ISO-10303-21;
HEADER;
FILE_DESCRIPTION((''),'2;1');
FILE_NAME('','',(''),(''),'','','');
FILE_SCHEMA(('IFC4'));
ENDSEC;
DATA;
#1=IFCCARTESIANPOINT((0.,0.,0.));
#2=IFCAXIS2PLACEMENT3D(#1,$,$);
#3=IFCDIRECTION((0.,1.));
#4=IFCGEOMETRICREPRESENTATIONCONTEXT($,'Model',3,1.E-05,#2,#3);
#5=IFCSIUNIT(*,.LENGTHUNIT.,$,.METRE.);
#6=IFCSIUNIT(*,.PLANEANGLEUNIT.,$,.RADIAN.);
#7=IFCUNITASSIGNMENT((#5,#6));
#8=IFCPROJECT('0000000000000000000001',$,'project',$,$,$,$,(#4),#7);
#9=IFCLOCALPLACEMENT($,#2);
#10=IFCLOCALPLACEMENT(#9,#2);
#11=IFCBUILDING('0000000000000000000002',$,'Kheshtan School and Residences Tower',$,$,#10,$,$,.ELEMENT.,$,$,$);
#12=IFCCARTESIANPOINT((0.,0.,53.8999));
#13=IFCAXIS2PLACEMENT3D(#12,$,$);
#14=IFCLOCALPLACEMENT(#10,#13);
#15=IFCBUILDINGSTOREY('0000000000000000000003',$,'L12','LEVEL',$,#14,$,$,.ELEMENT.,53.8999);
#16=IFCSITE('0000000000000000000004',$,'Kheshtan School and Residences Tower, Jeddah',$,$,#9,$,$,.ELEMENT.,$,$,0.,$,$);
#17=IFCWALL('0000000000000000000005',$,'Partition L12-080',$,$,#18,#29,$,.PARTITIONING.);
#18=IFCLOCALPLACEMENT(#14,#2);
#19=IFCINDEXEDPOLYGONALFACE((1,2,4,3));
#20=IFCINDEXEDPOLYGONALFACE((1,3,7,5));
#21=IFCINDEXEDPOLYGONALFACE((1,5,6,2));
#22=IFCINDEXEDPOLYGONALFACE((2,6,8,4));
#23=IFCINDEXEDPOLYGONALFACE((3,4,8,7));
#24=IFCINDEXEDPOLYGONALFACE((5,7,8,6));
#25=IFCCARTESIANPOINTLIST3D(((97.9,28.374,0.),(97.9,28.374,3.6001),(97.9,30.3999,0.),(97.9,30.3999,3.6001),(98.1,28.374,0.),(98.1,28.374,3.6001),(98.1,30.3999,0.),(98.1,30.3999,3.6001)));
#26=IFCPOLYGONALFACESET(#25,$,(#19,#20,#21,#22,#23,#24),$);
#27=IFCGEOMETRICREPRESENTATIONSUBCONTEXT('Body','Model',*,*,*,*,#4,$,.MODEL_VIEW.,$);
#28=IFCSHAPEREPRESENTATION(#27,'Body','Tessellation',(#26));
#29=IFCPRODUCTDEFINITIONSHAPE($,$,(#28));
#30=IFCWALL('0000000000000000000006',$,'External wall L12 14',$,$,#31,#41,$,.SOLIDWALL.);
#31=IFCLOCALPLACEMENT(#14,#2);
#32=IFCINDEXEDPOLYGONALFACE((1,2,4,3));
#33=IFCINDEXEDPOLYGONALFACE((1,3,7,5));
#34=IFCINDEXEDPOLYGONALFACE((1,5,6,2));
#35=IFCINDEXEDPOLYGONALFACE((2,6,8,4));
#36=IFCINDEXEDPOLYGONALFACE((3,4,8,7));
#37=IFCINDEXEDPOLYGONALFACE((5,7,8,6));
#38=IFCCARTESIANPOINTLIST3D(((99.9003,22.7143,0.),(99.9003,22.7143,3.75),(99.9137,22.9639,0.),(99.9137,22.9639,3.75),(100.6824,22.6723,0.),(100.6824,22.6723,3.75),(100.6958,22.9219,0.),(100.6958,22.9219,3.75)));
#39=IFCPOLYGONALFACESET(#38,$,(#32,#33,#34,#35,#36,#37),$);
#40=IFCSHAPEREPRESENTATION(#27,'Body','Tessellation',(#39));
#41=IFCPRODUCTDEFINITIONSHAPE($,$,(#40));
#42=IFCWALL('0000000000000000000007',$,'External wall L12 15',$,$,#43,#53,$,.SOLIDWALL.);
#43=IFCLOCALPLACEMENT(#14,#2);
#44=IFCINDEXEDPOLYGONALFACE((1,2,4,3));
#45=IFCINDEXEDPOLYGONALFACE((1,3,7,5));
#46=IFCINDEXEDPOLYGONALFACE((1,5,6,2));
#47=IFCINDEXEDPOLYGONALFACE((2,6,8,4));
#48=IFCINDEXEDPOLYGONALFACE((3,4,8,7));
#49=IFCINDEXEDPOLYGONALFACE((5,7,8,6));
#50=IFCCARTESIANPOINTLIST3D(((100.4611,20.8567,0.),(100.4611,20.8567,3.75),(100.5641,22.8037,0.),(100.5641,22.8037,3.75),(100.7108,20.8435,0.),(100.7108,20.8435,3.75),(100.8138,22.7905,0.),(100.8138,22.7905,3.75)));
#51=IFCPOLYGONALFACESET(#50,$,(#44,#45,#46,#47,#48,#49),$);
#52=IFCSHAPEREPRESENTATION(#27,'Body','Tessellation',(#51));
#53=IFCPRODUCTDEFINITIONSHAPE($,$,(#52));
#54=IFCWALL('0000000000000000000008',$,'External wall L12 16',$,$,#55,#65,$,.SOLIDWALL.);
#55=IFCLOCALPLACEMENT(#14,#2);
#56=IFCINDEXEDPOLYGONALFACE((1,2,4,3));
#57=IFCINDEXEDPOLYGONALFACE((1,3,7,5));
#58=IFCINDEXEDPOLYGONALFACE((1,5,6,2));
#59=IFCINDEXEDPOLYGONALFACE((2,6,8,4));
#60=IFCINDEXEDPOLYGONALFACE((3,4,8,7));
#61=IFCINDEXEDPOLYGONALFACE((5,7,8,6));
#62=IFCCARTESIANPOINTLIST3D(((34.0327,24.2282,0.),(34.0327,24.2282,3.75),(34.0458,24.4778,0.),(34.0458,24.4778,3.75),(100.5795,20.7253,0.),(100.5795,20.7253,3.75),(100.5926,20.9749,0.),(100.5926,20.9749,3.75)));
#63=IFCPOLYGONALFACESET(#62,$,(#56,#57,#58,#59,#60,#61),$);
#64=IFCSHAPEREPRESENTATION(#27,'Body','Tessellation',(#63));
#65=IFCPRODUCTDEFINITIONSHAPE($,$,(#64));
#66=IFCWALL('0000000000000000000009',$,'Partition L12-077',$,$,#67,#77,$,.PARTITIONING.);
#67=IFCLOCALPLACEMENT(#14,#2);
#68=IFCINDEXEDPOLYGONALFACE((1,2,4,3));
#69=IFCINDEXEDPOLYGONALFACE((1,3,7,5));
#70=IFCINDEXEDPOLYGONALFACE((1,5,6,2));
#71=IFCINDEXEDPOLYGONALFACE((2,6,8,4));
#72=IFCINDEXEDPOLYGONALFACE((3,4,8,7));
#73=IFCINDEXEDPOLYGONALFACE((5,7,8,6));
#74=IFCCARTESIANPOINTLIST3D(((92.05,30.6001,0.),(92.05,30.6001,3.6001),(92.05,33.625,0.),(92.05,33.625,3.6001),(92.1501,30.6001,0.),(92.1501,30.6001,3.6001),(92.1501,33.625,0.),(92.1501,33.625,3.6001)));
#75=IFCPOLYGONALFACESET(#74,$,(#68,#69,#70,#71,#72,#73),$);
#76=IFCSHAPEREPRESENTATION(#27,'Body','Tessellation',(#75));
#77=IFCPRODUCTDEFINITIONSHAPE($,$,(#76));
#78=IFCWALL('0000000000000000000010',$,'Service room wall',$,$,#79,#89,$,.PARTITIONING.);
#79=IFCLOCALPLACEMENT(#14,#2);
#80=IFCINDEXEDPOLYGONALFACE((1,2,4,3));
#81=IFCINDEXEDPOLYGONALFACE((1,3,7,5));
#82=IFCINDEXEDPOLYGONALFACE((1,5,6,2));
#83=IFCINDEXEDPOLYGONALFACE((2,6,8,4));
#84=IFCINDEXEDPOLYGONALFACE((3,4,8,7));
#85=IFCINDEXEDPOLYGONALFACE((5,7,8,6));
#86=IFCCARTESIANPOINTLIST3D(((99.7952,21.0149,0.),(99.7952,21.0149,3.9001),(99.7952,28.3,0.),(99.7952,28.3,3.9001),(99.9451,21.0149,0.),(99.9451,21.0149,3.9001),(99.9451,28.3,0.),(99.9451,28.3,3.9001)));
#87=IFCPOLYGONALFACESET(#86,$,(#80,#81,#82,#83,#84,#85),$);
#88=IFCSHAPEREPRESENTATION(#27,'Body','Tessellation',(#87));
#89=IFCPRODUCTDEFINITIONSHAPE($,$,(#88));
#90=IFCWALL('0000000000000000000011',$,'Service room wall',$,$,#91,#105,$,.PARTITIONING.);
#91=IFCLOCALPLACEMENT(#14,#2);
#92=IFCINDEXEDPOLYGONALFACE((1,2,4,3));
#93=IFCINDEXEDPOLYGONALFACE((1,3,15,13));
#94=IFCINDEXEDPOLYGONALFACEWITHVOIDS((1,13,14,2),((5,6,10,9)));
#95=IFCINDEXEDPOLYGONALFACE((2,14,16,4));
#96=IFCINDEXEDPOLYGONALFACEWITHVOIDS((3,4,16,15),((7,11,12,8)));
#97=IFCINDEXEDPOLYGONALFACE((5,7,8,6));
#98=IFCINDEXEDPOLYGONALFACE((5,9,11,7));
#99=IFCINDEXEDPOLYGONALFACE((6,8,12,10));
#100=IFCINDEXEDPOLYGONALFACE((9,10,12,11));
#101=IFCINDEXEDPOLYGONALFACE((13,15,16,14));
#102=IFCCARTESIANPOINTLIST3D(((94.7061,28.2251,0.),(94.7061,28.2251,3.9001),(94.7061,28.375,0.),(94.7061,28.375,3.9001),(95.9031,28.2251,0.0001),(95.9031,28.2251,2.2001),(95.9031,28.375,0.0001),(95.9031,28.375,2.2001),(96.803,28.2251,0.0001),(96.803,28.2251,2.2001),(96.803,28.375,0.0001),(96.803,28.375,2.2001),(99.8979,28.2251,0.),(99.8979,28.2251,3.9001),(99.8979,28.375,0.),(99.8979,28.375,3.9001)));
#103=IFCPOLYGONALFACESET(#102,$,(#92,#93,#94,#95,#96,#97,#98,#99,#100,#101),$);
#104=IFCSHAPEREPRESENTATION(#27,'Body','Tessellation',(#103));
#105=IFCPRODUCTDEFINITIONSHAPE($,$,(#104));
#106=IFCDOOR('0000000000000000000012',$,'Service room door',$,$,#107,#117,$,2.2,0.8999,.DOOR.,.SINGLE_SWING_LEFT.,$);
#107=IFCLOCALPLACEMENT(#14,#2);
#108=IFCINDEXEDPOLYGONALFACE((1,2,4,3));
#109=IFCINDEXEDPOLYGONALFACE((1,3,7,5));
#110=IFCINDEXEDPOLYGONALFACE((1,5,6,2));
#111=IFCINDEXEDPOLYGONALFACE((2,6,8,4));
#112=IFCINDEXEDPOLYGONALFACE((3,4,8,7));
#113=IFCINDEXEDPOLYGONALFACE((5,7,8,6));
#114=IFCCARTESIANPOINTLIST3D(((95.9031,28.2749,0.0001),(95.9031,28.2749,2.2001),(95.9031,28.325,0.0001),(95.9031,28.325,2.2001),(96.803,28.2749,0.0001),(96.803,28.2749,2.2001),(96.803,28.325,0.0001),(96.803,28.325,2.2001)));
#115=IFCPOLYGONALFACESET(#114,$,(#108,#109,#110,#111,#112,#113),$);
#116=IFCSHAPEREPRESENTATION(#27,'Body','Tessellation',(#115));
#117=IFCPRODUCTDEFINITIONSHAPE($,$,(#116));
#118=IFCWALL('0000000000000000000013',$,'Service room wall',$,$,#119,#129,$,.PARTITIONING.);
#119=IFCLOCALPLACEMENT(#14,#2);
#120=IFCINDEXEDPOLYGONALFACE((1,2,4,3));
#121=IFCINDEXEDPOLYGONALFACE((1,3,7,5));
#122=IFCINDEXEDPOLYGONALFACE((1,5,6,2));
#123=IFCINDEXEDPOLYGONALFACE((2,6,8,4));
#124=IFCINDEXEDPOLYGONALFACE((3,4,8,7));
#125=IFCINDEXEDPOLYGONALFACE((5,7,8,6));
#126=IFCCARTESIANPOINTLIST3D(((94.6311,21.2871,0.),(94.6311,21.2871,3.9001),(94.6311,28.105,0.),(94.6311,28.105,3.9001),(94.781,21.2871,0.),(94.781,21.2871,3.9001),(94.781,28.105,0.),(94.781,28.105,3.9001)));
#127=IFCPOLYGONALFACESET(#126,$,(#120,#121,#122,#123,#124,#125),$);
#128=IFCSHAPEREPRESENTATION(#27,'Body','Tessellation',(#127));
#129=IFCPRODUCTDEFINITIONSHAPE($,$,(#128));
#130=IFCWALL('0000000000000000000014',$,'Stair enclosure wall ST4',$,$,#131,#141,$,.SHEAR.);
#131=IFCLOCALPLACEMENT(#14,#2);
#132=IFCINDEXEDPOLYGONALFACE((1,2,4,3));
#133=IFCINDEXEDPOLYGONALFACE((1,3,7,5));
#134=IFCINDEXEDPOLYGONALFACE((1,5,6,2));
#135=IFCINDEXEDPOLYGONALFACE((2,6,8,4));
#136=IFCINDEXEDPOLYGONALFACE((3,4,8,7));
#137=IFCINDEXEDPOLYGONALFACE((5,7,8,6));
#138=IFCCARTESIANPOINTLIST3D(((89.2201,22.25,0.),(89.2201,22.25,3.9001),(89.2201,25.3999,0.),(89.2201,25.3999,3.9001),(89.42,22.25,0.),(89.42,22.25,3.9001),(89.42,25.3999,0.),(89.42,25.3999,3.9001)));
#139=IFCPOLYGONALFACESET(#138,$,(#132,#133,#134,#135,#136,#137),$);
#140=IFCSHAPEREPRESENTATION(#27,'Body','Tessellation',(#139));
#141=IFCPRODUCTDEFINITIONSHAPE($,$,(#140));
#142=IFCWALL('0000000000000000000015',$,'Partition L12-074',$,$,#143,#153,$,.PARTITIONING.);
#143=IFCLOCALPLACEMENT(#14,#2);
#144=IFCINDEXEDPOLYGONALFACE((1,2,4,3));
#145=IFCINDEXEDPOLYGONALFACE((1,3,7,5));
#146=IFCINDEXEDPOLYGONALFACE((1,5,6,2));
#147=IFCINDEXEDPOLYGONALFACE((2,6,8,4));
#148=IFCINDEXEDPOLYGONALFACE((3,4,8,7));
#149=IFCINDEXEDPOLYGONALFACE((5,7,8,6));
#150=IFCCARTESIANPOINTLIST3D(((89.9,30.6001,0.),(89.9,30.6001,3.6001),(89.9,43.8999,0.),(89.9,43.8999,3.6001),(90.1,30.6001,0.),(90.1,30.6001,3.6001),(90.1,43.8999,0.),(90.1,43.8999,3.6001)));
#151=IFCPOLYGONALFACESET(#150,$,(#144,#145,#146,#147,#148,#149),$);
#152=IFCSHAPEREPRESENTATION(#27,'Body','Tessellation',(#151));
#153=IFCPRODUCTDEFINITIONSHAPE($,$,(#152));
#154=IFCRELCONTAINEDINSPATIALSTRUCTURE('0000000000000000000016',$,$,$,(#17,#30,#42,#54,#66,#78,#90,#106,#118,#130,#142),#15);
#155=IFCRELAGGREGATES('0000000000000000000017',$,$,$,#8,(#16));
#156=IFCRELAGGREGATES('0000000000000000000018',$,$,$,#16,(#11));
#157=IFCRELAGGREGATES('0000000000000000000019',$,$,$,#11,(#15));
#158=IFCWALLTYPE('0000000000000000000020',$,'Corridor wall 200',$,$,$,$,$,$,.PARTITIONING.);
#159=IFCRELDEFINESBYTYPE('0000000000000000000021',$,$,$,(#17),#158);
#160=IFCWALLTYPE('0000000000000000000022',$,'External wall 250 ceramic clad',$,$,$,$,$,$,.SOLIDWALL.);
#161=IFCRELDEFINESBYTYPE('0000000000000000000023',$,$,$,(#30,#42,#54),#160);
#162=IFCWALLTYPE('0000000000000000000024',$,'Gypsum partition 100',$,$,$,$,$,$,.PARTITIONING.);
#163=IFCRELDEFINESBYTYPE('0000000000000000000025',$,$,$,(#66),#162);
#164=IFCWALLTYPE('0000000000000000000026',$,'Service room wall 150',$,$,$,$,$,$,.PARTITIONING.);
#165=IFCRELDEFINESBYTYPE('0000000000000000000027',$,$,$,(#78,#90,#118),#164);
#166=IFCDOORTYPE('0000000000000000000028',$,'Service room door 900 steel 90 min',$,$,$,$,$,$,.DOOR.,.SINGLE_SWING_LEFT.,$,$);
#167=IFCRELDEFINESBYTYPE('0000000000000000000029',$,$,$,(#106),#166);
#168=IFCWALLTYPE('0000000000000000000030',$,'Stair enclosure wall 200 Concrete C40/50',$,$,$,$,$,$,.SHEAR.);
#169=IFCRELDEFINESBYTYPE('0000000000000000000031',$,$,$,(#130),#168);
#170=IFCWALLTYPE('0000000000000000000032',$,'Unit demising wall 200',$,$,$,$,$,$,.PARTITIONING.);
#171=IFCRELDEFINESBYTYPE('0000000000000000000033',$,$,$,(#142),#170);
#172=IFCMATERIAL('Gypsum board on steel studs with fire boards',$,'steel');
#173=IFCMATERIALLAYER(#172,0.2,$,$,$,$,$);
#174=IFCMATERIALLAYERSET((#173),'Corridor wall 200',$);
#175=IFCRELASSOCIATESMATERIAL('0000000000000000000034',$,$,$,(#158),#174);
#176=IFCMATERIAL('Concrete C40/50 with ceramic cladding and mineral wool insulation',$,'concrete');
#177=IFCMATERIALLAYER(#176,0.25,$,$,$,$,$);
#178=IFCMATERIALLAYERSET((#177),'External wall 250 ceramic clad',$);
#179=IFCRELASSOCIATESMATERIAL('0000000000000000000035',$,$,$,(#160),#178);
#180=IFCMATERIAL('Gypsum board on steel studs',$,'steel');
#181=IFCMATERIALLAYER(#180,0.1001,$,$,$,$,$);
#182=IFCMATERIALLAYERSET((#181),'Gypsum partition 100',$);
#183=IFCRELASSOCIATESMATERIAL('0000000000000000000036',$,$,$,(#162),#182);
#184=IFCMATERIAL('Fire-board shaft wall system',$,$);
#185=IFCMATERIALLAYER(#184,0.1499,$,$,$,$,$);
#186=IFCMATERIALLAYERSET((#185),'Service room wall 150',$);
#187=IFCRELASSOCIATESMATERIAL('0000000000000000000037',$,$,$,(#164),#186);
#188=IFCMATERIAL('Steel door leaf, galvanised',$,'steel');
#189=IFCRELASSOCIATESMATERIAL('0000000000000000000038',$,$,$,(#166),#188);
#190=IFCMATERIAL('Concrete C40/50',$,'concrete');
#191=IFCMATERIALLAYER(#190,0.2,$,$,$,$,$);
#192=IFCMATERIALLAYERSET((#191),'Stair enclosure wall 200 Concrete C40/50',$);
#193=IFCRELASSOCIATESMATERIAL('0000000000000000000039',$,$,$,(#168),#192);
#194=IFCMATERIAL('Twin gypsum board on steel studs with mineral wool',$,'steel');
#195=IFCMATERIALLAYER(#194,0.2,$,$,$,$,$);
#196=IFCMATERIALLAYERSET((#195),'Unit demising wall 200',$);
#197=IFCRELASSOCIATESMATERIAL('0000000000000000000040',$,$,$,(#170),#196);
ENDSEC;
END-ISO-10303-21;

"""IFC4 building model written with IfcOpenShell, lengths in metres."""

from ifc_helpers import new_model, si_unit, direction, frame, frame_2d, origin, place, context, subcontext, project, spatial, rectangle, extrude, source, transform, mapped, material, layer, layer_set, type_object, element, fill, save


model = new_model("IFC4")

# Units and contexts
model_context = context("Model", 3, precision=1e-05, world=origin(), true_north=direction((0.0, 1.0)))
body_context = subcontext(model_context, "Body", "Model", "MODEL_VIEW")
ifc_project = project(units=[si_unit("LENGTHUNIT", "METRE"), si_unit("PLANEANGLEUNIT", "RADIAN")], contexts=[model_context])

# Site, building, storey
site_placement = place(None, origin())
site = spatial("IfcSite", under=ifc_project, at=site_placement, Name="Kheshtan School and Residences Tower, Jeddah", CompositionType="ELEMENT", RefElevation=0.0)
building_placement = place(site_placement, origin())
building = spatial("IfcBuilding", under=site, at=building_placement, Name="Kheshtan School and Residences Tower", CompositionType="ELEMENT")
storey_placement = place(building_placement, frame((0.0, 0.0, 53.8999)))
storey = spatial("IfcBuildingStorey", under=building, at=storey_placement, Name="L12", Description="LEVEL", CompositionType="ELEMENT", Elevation=53.8999)

# Walls
ifc_material_1 = material(Name="Gypsum board on steel studs with fire boards", Category="steel")
ifc_layer_1 = layer(ifc_material_1, 0.2)
ifc_layer_set_1 = layer_set([ifc_layer_1], Name="Corridor wall 200")
wall_type_1 = type_object("IfcWallType", Name="Corridor wall 200", PredefinedType="PARTITIONING", material=ifc_layer_set_1)
wall_1_placement = place(storey_placement, frame((98.0, 28.374, 0.0), z_axis=(0.0, 0.0, 1.0), x_axis=(0.0, 1.0, 0.0)))
element("IfcWall", 1, at=wall_1_placement, inside=storey, type_object=wall_type_1, Name="Partition L12-080", PredefinedType="PARTITIONING", context=body_context, shape_type="SweptSolid", body=[
    extrude(rectangle(XDim=2.0259, YDim=0.2, at=frame_2d((1.0129, 0.0))), origin(), (0.0, 0.0, 1.0), 3.6001),
])
ifc_material_2 = material(Name="Concrete C40/50 with ceramic cladding and mineral wool insulation", Category="concrete")
ifc_layer_2 = layer(ifc_material_2, 0.25)
ifc_layer_set_2 = layer_set([ifc_layer_2], Name="External wall 250 ceramic clad")
wall_type_2 = type_object("IfcWallType", Name="External wall 250 ceramic clad", PredefinedType="SOLIDWALL", material=ifc_layer_set_2)
wall_2_placement = place(storey_placement, frame((99.907, 22.8391, 0.0), z_axis=(0.0, 0.0, 1.0), x_axis=(0.998561, -0.053622, 0.0)))
element("IfcWall", 2, at=wall_2_placement, inside=storey, type_object=wall_type_2, Name="External wall L12 14", PredefinedType="SOLIDWALL", context=body_context, shape_type="SweptSolid", body=[
    extrude(rectangle(XDim=0.7832, YDim=0.25, at=frame_2d((0.3916, 0.0))), origin(), (0.0, 0.0, 1.0), 3.75),
])
wall_3_placement = place(storey_placement, frame((100.689, 22.7971, 0.0), z_axis=(0.0, 0.0, 1.0), x_axis=(-0.052841, -0.998603, 0.0)))
element("IfcWall", 3, at=wall_3_placement, inside=storey, type_object=wall_type_2, Name="External wall L12 15", PredefinedType="SOLIDWALL", context=body_context, shape_type="SweptSolid", body=[
    extrude(rectangle(XDim=1.9497, YDim=0.25, at=frame_2d((0.9749, 0.0))), origin(), (0.0, 0.0, 1.0), 3.75),
])
wall_4_placement = place(storey_placement, frame((100.5859, 20.8501, 0.0), z_axis=(0.0, 0.0, 1.0), x_axis=(-0.998617, 0.052566, 0.0)))
element("IfcWall", 4, at=wall_4_placement, inside=storey, type_object=wall_type_2, Name="External wall L12 16", PredefinedType="SOLIDWALL", context=body_context, shape_type="SweptSolid", body=[
    extrude(rectangle(XDim=66.6389, YDim=0.25, at=frame_2d((33.3193, 0.0))), origin(), (0.0, 0.0, 1.0), 3.75),
])

# Walls
ifc_material_3 = material(Name="Gypsum board on steel studs", Category="steel")
ifc_layer_3 = layer(ifc_material_3, 0.1001)
ifc_layer_set_3 = layer_set([ifc_layer_3], Name="Gypsum partition 100")
wall_type_3 = type_object("IfcWallType", Name="Gypsum partition 100", PredefinedType="PARTITIONING", material=ifc_layer_set_3)
wall_5_placement = place(storey_placement, frame((92.1001, 30.6001, 0.0), z_axis=(0.0, 0.0, 1.0), x_axis=(0.0, 1.0, 0.0)))
element("IfcWall", 5, at=wall_5_placement, inside=storey, type_object=wall_type_3, Name="Partition L12-077", PredefinedType="PARTITIONING", context=body_context, shape_type="SweptSolid", body=[
    extrude(rectangle(XDim=3.0249, YDim=0.1001, at=frame_2d((1.5125, 0.0))), origin(), (0.0, 0.0, 1.0), 3.6001),
])
ifc_material_4 = material(Name="Fire-board shaft wall system")
ifc_layer_4 = layer(ifc_material_4, 0.1499)
ifc_layer_set_4 = layer_set([ifc_layer_4], Name="Service room wall 150")
wall_type_4 = type_object("IfcWallType", Name="Service room wall 150", PredefinedType="PARTITIONING", material=ifc_layer_set_4)
wall_6_placement = place(storey_placement, frame((99.8701, 21.0149, 0.0), z_axis=(0.0, 0.0, 1.0), x_axis=(0.0, 1.0, 0.0)))
element("IfcWall", 6, at=wall_6_placement, inside=storey, type_object=wall_type_4, Name="Service room wall", PredefinedType="PARTITIONING", context=body_context, shape_type="SweptSolid", body=[
    extrude(rectangle(XDim=7.2852, YDim=0.1499, at=frame_2d((3.6426, 0.0))), origin(), (0.0, 0.0, 1.0), 3.9001),
])

# Wall, opening, door
wall_7_placement = place(storey_placement, frame((94.7061, 28.3, 0.0), z_axis=(0.0, 0.0, 1.0), x_axis=(1.0, 0.0, 0.0)))
wall_7 = element("IfcWall", 7, at=wall_7_placement, inside=storey, type_object=wall_type_4, Name="Service room wall", PredefinedType="PARTITIONING", context=body_context, shape_type="SweptSolid", body=[
    extrude(rectangle(XDim=5.1919, YDim=0.1499, at=frame_2d((2.5959, 0.0))), origin(), (0.0, 0.0, 1.0), 3.9001),
])
opening_1_placement = place(wall_7_placement, frame((1.197, 0.0, 0.0)))
opening_1 = element("IfcOpeningElement", 8, at=opening_1_placement, cuts=wall_7, PredefinedType="OPENING", context=body_context, shape_type="SweptSolid", body=[
    extrude(rectangle(XDim=0.8999, YDim=2.2, at=frame_2d((0.45, 1.1001))), frame((0.0, 0.085, 0.0), z_axis=(0.0, -1.0, 0.0), x_axis=(1.0, 0.0, 0.0)), (0.0, 0.0, 1.0), 0.1699),
])
ifc_material_5 = material(Name="Steel door leaf, galvanised", Category="steel")
door_type_1 = type_object("IfcDoorType", Name="Service room door 900 steel 90 min", OperationType="SINGLE_SWING_LEFT", PredefinedType="DOOR", material=ifc_material_5)
shared_shape_1 = source(origin(), body_context, "Body", "SweptSolid", [
    extrude(rectangle(XDim=0.8999, YDim=2.2, at=frame_2d((0.45, 1.1001))), frame((0.0, 0.0249, 0.0), z_axis=(0.0, -1.0, 0.0), x_axis=(1.0, 0.0, 0.0)), (0.0, 0.0, 1.0), 0.05),
])
door_1_placement = place(opening_1_placement, origin())
door_1 = element("IfcDoor", 9, at=door_1_placement, inside=storey, type_object=door_type_1, Name="Service room door", OperationType="SINGLE_SWING_LEFT", OverallHeight=2.2, OverallWidth=0.8999, PredefinedType="DOOR", context=body_context, shape_type="MappedRepresentation", body=[
    mapped(shared_shape_1, transform((0.0, 0.0, 0.0), x_axis=(1.0, 0.0, 0.0), y_axis=(0.0, 1.0, 0.0), z_axis=(0.0, 0.0, 1.0), scale=1.0)),
])
fill(opening_1, door_1)

# Walls
wall_8_placement = place(storey_placement, frame((94.7061, 21.2871, 0.0), z_axis=(0.0, 0.0, 1.0), x_axis=(0.0, 1.0, 0.0)))
element("IfcWall", 10, at=wall_8_placement, inside=storey, type_object=wall_type_4, Name="Service room wall", PredefinedType="PARTITIONING", context=body_context, shape_type="SweptSolid", body=[
    extrude(rectangle(XDim=6.8179, YDim=0.1499, at=frame_2d((3.4089, 0.0))), origin(), (0.0, 0.0, 1.0), 3.9001),
])
ifc_material_6 = material(Name="Concrete C40/50", Category="concrete")
ifc_layer_5 = layer(ifc_material_6, 0.2)
ifc_layer_set_5 = layer_set([ifc_layer_5], Name="Stair enclosure wall 200 Concrete C40/50")
wall_type_5 = type_object("IfcWallType", Name="Stair enclosure wall 200 Concrete C40/50", PredefinedType="SHEAR", material=ifc_layer_set_5)
wall_9_placement = place(storey_placement, frame((89.3201, 22.25, 0.0), z_axis=(0.0, 0.0, 1.0), x_axis=(0.0, 1.0, 0.0)))
element("IfcWall", 11, at=wall_9_placement, inside=storey, type_object=wall_type_5, Name="Stair enclosure wall ST4", PredefinedType="SHEAR", context=body_context, shape_type="SweptSolid", body=[
    extrude(rectangle(XDim=3.1499, YDim=0.2, at=frame_2d((1.575, 0.0))), origin(), (0.0, 0.0, 1.0), 3.9001),
])
ifc_material_7 = material(Name="Twin gypsum board on steel studs with mineral wool", Category="steel")
ifc_layer_6 = layer(ifc_material_7, 0.2)
ifc_layer_set_6 = layer_set([ifc_layer_6], Name="Unit demising wall 200")
wall_type_6 = type_object("IfcWallType", Name="Unit demising wall 200", PredefinedType="PARTITIONING", material=ifc_layer_set_6)
wall_10_placement = place(storey_placement, frame((90.0, 30.6001, 0.0), z_axis=(0.0, 0.0, 1.0), x_axis=(0.0, 1.0, 0.0)))
element("IfcWall", 12, at=wall_10_placement, inside=storey, type_object=wall_type_6, Name="Partition L12-074", PredefinedType="PARTITIONING", context=body_context, shape_type="SweptSolid", body=[
    extrude(rectangle(XDim=13.2998, YDim=0.2, at=frame_2d((6.6499, 0.0))), origin(), (0.0, 0.0, 1.0), 3.6001),
])

save(model, "model.ifc")
